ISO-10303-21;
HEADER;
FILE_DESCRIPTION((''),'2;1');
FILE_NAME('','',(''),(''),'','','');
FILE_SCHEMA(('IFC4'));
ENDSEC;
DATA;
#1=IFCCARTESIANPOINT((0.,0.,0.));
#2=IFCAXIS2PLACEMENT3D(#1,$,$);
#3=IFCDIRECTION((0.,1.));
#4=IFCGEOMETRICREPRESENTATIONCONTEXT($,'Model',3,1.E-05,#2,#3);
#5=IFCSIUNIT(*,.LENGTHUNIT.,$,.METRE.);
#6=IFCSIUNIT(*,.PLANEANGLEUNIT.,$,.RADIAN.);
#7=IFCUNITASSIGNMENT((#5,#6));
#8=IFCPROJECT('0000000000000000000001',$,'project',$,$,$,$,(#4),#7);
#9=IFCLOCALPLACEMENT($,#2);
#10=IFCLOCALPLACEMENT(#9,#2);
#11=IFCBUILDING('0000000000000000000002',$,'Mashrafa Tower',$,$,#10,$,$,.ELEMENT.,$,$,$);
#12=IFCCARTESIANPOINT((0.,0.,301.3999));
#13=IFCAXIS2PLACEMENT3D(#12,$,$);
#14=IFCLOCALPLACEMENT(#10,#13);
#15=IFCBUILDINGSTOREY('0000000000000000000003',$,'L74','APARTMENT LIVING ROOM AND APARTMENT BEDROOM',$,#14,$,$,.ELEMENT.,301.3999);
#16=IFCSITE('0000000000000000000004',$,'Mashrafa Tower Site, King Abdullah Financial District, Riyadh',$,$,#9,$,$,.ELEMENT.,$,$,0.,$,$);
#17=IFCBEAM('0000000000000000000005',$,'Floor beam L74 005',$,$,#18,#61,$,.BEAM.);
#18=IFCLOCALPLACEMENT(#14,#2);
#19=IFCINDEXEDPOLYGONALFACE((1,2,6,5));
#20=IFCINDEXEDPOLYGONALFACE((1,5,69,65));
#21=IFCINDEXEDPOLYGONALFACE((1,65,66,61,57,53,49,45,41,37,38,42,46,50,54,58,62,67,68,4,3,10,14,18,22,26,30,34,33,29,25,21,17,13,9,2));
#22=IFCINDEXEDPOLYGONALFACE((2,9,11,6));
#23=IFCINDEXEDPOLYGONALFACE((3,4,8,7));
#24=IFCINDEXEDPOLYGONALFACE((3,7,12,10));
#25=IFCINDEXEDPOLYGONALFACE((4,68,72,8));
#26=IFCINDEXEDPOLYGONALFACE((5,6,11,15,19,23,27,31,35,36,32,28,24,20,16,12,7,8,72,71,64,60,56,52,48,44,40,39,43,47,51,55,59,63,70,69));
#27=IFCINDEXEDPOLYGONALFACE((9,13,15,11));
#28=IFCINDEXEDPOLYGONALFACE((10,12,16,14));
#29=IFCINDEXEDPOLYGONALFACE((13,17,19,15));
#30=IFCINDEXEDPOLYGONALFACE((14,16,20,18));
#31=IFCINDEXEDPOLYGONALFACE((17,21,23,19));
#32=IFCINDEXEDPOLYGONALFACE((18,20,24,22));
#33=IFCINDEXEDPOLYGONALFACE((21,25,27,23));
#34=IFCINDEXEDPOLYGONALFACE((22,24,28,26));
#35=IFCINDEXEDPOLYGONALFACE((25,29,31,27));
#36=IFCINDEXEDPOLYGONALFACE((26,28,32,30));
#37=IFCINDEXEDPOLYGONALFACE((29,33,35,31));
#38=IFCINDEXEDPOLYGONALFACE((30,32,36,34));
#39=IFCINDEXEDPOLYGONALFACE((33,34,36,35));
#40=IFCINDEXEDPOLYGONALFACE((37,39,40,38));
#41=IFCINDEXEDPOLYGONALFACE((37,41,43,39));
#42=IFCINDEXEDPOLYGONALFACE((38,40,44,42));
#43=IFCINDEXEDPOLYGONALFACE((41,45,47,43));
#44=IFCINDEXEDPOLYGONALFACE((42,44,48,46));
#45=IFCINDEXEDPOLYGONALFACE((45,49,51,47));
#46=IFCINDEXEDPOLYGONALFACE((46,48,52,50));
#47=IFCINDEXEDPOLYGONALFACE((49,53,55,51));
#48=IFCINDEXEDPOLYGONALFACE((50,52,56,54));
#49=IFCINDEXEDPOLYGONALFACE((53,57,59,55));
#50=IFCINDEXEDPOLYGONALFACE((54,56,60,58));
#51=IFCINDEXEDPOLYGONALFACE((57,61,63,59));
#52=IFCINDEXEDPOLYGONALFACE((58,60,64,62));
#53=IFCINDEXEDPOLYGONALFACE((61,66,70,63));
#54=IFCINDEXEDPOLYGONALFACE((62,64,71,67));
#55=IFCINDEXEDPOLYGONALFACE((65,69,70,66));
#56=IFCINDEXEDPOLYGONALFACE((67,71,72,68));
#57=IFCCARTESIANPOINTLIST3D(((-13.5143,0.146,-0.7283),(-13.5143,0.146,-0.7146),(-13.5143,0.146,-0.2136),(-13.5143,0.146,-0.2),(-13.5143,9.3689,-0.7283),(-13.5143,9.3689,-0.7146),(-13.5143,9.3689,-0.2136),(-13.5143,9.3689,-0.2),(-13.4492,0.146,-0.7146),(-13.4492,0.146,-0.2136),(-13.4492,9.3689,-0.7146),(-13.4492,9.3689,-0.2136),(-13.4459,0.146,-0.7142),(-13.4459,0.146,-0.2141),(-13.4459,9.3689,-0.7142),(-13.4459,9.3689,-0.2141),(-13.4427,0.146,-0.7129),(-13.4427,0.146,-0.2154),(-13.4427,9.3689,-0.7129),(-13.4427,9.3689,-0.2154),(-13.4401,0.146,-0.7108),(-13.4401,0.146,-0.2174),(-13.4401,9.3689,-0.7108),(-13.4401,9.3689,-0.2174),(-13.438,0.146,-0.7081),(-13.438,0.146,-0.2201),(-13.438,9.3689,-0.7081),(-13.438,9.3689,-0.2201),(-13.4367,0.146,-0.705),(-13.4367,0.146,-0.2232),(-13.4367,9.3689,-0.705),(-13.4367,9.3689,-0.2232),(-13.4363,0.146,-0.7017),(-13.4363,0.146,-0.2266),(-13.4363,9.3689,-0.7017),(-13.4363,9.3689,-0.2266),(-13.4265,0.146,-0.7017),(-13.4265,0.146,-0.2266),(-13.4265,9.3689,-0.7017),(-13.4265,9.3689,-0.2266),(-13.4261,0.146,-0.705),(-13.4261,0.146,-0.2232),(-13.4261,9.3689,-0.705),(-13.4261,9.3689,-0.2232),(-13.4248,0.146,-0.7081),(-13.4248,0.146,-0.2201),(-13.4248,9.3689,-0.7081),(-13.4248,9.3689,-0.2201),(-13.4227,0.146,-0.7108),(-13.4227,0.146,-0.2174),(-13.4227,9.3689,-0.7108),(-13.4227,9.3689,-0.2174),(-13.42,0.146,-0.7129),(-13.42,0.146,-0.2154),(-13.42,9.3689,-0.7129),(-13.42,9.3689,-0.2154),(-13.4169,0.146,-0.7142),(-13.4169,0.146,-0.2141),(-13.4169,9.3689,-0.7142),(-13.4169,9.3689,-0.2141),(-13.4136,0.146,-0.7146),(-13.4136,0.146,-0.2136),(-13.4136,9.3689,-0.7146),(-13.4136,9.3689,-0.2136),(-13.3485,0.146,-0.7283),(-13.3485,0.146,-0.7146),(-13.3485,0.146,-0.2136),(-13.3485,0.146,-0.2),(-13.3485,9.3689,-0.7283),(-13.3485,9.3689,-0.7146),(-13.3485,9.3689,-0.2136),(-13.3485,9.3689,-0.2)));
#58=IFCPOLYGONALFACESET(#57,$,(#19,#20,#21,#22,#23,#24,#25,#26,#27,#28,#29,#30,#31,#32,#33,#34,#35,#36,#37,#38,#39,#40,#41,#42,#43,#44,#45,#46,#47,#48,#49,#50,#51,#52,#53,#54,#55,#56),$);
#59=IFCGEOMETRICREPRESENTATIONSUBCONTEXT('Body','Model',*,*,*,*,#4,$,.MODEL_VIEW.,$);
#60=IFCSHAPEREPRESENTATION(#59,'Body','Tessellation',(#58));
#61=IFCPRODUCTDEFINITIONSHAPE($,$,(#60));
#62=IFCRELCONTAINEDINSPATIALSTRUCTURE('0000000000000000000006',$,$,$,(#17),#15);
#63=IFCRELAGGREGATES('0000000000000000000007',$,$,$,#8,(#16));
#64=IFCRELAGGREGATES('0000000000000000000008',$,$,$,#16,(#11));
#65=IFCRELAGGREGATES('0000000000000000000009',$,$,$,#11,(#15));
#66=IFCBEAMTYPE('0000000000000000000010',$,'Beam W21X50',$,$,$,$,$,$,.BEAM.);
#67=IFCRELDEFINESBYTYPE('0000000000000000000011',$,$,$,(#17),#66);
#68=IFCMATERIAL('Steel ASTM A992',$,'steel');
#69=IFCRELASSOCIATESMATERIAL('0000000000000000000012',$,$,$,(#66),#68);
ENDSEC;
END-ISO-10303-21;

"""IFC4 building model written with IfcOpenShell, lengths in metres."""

from ifc_helpers import new_model, si_unit, direction, frame, origin, origin_2d, place, context, subcontext, project, spatial, i_section, extrude, material, material_profile, profile_set, type_object, element, save


model = new_model("IFC4")

# Units and contexts
model_context = context("Model", 3, precision=1e-05, world=origin(), true_north=direction((0.0, 1.0)))
body_context = subcontext(model_context, "Body", "Model", "MODEL_VIEW")
ifc_project = project(units=[si_unit("LENGTHUNIT", "METRE"), si_unit("PLANEANGLEUNIT", "RADIAN")], contexts=[model_context])

# Site, building, storey
site_placement = place(None, origin())
site = spatial("IfcSite", under=ifc_project, at=site_placement, Name="Mashrafa Tower Site, King Abdullah Financial District, Riyadh", CompositionType="ELEMENT", RefElevation=0.0)
building_placement = place(site_placement, origin())
building = spatial("IfcBuilding", under=site, at=building_placement, Name="Mashrafa Tower", CompositionType="ELEMENT")
storey_placement = place(building_placement, frame((0.0, 0.0, 301.3999)))
storey = spatial("IfcBuildingStorey", under=building, at=storey_placement, Name="L74", Description="APARTMENT LIVING ROOM AND APARTMENT BEDROOM", CompositionType="ELEMENT", Elevation=301.3999)

# Beam
ifc_material_1 = material(Name="Steel ASTM A992", Category="steel")
ifc_material_profile = material_profile(ifc_material_1, i_section(OverallWidth=0.1658, OverallDepth=0.5283, WebThickness=0.0098, FlangeThickness=0.0137, FilletRadius=0.0129, at=origin_2d()), Name="W21X50")
ifc_profile_set = profile_set([ifc_material_profile], Name="Steel ASTM A992")
beam_type = type_object("IfcBeamType", Name="Beam W21X50", PredefinedType="BEAM", material=ifc_profile_set)
beam_placement = place(storey_placement, frame((-13.4314, 0.146, -0.4641), z_axis=(0.0, 1.0, 0.0), x_axis=(-1.0, 0.0, 0.0)))
element("IfcBeam", 1, at=beam_placement, inside=storey, type_object=beam_type, Name="Floor beam L74 005", PredefinedType="BEAM", context=body_context, shape_type="SweptSolid", body=[
    extrude(i_section(OverallWidth=0.1658, OverallDepth=0.5283, WebThickness=0.0098, FlangeThickness=0.0137, FilletRadius=0.0129, at=origin_2d()), origin(), (0.0, 0.0, 1.0), 9.2229),
])

save(model, "model.ifc")
